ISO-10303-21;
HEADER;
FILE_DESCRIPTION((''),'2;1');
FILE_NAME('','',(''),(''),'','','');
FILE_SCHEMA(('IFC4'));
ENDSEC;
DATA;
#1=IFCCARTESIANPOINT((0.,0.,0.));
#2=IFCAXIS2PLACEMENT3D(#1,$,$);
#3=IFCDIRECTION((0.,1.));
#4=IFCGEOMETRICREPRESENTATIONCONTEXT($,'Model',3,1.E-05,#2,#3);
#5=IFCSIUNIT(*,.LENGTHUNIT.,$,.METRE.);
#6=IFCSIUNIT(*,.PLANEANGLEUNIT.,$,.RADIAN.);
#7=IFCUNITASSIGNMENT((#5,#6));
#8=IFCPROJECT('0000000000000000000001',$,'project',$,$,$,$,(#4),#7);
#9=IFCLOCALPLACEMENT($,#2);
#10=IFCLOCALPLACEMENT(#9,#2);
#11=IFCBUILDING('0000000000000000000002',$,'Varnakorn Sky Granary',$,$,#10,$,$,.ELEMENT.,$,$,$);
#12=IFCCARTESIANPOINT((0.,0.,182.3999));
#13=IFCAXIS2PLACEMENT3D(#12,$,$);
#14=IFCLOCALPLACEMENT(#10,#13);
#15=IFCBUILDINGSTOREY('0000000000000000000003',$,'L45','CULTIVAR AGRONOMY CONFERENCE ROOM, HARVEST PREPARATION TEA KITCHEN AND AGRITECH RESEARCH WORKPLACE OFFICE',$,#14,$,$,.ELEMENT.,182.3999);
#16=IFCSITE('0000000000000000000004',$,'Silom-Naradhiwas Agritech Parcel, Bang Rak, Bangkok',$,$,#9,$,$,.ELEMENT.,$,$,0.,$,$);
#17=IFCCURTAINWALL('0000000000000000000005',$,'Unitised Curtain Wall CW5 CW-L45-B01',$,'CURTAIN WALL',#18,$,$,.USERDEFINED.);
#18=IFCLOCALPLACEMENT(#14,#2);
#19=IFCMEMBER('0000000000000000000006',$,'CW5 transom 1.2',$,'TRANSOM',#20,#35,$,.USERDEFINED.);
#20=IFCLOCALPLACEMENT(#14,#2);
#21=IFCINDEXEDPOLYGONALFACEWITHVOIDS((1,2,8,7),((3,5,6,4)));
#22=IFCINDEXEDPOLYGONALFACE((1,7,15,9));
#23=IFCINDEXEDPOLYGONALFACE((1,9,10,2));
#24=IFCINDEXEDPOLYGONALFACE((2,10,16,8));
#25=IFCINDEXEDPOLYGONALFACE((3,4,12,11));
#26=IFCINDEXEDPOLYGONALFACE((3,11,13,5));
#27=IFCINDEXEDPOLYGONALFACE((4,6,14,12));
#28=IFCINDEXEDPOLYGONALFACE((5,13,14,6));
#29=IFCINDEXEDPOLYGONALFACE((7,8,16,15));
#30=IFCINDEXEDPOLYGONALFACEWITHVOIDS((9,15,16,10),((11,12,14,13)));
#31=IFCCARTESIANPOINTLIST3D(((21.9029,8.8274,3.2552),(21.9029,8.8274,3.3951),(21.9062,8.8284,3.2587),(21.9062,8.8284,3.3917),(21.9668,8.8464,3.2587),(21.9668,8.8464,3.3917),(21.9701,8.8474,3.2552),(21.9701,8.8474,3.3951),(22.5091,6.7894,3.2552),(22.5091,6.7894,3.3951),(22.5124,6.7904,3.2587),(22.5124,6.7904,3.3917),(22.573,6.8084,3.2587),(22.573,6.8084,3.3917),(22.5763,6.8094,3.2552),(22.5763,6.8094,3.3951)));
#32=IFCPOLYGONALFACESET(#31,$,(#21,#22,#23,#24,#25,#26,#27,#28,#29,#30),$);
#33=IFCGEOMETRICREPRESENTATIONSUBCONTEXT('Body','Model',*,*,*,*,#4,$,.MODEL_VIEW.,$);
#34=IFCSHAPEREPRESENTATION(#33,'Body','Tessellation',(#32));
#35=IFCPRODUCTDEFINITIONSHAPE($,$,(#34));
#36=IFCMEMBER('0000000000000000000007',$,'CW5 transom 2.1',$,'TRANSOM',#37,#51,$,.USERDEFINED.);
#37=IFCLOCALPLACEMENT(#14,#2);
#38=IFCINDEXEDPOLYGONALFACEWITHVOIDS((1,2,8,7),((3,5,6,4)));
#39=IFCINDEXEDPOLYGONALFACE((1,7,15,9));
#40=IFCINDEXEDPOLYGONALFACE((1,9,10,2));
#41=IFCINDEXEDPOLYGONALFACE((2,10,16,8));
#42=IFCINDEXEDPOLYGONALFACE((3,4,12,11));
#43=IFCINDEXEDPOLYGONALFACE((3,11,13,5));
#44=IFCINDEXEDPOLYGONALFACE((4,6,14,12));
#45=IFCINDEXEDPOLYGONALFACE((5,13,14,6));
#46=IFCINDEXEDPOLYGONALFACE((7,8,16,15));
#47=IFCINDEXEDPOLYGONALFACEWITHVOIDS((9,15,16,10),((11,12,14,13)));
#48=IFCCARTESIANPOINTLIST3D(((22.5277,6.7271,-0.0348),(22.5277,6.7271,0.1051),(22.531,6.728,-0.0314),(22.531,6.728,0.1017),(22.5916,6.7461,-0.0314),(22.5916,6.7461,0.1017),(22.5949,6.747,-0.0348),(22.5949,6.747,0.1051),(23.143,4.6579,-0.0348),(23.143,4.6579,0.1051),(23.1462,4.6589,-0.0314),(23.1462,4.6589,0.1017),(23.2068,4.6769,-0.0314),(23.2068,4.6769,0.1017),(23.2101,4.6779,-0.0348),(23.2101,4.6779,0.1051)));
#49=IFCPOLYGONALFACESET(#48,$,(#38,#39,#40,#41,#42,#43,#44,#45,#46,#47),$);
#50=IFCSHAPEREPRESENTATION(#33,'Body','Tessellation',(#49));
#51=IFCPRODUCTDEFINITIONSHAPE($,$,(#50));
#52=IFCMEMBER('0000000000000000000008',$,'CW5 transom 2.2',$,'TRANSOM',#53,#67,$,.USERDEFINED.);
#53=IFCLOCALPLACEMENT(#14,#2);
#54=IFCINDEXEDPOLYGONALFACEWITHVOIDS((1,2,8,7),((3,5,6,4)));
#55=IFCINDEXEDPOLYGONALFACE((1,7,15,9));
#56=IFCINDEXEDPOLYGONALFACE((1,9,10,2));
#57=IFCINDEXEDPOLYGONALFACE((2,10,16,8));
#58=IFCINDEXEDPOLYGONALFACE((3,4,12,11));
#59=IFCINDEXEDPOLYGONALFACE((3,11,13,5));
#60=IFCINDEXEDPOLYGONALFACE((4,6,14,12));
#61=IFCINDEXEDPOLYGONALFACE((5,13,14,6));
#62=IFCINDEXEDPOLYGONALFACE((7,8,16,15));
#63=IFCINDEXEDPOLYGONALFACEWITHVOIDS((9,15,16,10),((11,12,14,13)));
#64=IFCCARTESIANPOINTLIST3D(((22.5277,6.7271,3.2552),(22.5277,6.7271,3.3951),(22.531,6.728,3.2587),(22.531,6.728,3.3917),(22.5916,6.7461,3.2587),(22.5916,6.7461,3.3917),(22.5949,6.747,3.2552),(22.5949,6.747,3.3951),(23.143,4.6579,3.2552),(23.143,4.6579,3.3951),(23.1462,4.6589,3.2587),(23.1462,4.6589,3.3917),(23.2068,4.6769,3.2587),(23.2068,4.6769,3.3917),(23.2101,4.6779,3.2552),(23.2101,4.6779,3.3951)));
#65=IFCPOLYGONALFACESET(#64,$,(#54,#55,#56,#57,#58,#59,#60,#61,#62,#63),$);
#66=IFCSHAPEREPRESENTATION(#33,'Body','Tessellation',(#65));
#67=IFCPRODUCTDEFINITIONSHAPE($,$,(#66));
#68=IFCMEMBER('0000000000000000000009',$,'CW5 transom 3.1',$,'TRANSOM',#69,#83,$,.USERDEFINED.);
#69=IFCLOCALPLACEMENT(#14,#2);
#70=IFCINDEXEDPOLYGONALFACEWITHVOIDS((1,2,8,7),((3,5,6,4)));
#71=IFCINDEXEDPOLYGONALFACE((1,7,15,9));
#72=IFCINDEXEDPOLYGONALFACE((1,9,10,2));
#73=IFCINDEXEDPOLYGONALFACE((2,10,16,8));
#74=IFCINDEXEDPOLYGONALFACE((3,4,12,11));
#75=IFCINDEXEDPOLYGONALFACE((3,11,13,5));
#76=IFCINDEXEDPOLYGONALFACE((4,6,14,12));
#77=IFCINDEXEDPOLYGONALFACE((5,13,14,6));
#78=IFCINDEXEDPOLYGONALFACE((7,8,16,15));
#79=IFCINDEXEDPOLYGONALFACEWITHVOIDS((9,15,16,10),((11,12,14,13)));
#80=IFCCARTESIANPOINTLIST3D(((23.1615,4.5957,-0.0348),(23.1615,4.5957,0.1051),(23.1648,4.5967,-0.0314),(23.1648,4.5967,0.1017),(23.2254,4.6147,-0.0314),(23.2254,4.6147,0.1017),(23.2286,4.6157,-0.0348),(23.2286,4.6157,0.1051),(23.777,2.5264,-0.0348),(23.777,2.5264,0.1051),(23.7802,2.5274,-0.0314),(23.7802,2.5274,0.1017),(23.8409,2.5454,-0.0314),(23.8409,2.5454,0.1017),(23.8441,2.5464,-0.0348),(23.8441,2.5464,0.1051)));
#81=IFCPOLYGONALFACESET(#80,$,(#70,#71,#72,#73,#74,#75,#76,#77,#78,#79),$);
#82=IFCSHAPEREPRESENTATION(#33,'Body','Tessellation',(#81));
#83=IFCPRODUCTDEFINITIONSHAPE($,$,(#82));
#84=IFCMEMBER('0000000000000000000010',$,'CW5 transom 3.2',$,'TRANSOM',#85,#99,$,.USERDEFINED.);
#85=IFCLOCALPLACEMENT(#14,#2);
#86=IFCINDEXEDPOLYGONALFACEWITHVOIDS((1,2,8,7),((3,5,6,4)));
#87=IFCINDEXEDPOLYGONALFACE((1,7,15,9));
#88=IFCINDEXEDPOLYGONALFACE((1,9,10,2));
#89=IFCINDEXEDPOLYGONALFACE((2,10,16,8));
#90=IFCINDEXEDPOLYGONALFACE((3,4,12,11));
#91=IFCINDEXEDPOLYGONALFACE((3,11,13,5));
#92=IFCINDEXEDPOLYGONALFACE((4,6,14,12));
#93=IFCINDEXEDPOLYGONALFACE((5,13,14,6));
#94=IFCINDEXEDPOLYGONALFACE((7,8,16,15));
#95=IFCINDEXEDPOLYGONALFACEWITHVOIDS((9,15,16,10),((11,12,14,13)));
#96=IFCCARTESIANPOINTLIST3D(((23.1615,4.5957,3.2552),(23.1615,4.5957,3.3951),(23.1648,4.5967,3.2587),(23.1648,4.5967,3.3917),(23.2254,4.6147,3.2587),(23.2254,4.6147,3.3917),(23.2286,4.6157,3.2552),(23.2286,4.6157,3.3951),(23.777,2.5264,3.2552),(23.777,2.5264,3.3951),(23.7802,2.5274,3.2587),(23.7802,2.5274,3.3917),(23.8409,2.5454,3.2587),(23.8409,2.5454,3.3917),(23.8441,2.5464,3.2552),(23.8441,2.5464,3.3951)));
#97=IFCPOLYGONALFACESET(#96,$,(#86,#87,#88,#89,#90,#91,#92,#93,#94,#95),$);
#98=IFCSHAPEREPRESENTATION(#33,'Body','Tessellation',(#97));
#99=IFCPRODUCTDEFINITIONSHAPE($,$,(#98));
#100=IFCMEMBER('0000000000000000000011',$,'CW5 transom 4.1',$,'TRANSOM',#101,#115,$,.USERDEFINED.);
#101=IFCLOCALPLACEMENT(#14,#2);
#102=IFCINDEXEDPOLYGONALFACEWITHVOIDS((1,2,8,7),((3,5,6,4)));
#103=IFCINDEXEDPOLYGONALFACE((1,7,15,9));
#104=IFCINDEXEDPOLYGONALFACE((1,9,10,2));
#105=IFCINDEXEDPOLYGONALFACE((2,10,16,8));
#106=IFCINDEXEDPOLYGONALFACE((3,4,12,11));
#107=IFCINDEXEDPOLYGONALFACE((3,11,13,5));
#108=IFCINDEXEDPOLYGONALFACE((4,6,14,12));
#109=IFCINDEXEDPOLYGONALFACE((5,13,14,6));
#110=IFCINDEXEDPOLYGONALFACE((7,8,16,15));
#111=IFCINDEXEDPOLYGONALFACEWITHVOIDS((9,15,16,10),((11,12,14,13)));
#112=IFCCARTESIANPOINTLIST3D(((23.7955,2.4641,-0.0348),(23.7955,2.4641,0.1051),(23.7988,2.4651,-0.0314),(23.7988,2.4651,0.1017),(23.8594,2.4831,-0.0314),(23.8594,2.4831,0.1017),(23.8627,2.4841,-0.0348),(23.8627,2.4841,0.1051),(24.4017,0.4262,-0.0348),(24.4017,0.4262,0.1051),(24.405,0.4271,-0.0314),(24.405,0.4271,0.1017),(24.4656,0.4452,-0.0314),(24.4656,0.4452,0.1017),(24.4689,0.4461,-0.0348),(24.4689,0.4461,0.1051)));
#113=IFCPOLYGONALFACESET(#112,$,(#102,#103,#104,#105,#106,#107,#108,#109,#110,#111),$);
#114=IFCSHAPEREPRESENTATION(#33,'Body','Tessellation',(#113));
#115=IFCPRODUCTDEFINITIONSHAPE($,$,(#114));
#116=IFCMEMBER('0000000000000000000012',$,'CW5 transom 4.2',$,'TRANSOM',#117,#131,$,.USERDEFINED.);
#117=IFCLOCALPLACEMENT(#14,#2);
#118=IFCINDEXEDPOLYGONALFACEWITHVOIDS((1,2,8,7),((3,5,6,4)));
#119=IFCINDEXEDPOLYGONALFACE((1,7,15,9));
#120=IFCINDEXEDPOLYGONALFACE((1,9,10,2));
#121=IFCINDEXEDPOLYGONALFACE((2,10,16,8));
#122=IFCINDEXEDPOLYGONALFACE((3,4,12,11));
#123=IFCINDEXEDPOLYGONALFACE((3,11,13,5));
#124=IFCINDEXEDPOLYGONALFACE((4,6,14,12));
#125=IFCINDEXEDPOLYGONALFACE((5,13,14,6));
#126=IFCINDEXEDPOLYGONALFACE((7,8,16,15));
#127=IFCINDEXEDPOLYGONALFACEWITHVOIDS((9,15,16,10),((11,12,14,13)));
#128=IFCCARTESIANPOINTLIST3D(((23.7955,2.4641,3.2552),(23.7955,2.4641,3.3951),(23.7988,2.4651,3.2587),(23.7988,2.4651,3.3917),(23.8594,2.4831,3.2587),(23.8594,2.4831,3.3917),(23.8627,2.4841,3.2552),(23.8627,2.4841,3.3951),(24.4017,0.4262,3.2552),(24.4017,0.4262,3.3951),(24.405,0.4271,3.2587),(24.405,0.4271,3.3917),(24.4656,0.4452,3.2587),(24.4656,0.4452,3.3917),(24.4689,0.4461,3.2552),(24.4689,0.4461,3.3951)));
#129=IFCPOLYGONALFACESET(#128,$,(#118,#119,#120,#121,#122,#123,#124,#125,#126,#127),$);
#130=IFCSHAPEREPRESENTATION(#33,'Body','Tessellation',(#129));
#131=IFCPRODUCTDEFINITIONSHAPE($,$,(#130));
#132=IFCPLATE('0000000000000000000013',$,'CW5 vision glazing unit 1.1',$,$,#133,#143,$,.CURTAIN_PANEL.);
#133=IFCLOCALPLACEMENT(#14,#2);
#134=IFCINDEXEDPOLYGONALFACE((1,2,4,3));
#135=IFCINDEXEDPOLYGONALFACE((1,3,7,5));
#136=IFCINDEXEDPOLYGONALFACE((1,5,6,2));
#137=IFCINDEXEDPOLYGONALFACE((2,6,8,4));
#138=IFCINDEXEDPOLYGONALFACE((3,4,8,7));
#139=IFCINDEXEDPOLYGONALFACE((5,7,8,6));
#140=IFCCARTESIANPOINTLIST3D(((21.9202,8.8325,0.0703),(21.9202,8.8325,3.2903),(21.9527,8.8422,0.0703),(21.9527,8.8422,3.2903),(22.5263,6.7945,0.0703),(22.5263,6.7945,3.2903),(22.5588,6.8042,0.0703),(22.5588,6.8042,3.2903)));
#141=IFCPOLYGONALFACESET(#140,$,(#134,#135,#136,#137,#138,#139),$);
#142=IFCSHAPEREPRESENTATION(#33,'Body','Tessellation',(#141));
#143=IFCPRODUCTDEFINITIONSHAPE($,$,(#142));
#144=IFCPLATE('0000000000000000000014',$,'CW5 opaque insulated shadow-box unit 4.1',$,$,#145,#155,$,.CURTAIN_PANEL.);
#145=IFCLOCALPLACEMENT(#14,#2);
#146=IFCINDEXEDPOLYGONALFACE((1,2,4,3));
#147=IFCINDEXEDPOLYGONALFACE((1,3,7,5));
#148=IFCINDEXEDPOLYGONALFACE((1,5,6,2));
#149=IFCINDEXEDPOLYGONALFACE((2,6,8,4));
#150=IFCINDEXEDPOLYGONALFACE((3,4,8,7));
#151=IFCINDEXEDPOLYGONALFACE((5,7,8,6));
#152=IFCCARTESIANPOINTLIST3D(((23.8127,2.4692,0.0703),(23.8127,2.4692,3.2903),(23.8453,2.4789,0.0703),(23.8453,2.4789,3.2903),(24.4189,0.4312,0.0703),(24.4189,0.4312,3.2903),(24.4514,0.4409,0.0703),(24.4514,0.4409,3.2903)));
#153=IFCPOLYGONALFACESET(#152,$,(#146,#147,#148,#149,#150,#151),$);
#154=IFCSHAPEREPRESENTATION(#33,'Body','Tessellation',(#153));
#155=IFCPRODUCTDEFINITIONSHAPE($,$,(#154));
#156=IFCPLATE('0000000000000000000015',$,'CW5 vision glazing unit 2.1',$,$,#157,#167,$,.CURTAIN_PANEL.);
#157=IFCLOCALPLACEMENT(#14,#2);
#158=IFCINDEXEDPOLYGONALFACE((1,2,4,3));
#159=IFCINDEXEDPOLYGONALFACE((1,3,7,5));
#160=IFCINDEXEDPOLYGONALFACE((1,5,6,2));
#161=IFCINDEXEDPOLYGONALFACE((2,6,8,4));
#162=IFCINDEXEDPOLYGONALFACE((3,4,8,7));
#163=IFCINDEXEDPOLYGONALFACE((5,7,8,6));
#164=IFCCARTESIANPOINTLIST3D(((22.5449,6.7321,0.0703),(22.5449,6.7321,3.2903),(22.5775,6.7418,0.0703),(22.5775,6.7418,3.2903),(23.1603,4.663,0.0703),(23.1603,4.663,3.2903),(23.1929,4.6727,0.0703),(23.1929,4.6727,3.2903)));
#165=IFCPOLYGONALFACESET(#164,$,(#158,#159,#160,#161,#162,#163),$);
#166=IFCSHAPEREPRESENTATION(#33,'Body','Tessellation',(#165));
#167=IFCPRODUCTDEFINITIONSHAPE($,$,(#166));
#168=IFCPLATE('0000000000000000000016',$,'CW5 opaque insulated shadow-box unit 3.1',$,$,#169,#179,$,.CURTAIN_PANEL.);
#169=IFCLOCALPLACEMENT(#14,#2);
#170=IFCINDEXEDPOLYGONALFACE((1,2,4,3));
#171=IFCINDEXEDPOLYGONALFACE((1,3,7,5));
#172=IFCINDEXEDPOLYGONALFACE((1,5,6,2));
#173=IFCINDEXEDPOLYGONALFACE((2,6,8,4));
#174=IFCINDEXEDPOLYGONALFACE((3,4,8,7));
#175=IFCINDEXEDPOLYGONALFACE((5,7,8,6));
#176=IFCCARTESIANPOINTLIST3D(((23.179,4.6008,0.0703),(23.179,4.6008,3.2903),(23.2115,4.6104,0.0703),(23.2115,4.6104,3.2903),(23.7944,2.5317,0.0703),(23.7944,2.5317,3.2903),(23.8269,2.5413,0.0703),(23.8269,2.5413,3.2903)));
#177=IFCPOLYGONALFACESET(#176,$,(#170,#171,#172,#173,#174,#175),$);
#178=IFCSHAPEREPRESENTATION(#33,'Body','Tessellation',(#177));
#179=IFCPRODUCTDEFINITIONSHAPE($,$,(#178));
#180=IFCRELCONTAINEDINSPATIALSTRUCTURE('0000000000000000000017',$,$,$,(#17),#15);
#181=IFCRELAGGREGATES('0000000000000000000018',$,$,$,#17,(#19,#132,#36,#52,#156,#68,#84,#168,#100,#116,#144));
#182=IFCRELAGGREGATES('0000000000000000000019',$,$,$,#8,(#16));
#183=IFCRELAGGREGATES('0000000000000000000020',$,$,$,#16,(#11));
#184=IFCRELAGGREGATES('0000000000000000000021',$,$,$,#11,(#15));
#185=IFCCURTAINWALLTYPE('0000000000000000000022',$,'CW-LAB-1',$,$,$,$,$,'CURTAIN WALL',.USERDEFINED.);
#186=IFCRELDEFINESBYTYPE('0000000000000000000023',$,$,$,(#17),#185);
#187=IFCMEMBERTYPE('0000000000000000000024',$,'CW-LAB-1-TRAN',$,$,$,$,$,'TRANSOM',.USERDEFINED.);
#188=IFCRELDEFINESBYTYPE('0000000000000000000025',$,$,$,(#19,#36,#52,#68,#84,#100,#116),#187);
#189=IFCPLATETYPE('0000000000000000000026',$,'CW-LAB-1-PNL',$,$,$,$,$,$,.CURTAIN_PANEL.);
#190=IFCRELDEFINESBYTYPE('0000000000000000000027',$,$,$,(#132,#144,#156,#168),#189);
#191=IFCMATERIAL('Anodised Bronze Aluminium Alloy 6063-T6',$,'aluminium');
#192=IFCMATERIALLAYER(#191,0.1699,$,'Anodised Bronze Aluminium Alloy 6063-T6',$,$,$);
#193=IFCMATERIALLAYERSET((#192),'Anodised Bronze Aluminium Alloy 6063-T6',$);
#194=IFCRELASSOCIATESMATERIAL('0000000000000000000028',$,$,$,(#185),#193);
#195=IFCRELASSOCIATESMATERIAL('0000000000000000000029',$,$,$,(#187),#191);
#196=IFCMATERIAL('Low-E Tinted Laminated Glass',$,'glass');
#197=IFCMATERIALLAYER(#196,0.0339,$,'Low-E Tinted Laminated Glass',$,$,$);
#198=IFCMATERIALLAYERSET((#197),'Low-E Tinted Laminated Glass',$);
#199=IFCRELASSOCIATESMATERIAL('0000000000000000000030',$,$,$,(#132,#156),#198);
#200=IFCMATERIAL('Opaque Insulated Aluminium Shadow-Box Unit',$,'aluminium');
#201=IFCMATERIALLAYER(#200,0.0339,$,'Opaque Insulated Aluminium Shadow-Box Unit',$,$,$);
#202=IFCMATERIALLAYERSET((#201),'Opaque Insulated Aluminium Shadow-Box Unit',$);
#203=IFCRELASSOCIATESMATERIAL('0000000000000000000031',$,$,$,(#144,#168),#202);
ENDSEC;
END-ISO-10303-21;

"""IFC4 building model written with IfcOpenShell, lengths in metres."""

from ifc_helpers import new_model, si_unit, direction, frame, origin, origin_2d, place, context, subcontext, project, spatial, rectangle, hollow_rectangle, extrude, source, transform, mapped, material, layer, layer_set, material_profile, profile_set, type_object, type_shapes, element, aggregate, save


model = new_model("IFC4")

# Units and contexts
model_context = context("Model", 3, precision=1e-05, world=origin(), true_north=direction((0.0, 1.0)))
body_context = subcontext(model_context, "Body", "Model", "MODEL_VIEW")
ifc_project = project(units=[si_unit("LENGTHUNIT", "METRE"), si_unit("PLANEANGLEUNIT", "RADIAN")], contexts=[model_context])

# Site, building, storey
site_placement = place(None, origin())
site = spatial("IfcSite", under=ifc_project, at=site_placement, Name="Silom-Naradhiwas Agritech Parcel, Bang Rak, Bangkok", CompositionType="ELEMENT", RefElevation=0.0)
building_placement = place(site_placement, origin())
building = spatial("IfcBuilding", under=site, at=building_placement, Name="Varnakorn Sky Granary", CompositionType="ELEMENT")
storey_placement = place(building_placement, frame((0.0, 0.0, 182.3999)))
storey = spatial("IfcBuildingStorey", under=building, at=storey_placement, Name="L45", Description="CULTIVAR AGRONOMY CONFERENCE ROOM, HARVEST PREPARATION TEA KITCHEN AND AGRITECH RESEARCH WORKPLACE OFFICE", CompositionType="ELEMENT", Elevation=182.3999)

# Curtain wall, members, plates
ifc_material_1 = material(Name="Anodised Bronze Aluminium Alloy 6063-T6", Category="aluminium")
ifc_layer_1 = layer(ifc_material_1, 0.1699, Name="Anodised Bronze Aluminium Alloy 6063-T6")
ifc_layer_set_1 = layer_set([ifc_layer_1], Name="Anodised Bronze Aluminium Alloy 6063-T6")
curtain_wall_type = type_object("IfcCurtainWallType", Name="CW-LAB-1", ElementType="CURTAIN WALL", PredefinedType="USERDEFINED", material=ifc_layer_set_1)
curtain_wall_placement = place(storey_placement, origin())
curtain_wall = element("IfcCurtainWall", 1, at=curtain_wall_placement, inside=storey, type_object=curtain_wall_type, Name="Unitised Curtain Wall CW5 CW-L45-B01", ObjectType="CURTAIN WALL", PredefinedType="USERDEFINED")
ifc_material_profile_1 = material_profile(ifc_material_1, hollow_rectangle(XDim=0.0701, YDim=0.1399, WallThickness=0.0034, at=origin_2d()), Name="ALU TRAN 70x140")
ifc_profile_set_1 = profile_set([ifc_material_profile_1], Name="Anodised Bronze Aluminium Alloy 6063-T6")
member_type_1 = type_object("IfcMemberType", Name="CW-LAB-1-TRAN", ElementType="TRANSOM", PredefinedType="USERDEFINED", material=ifc_profile_set_1)
member_1_placement = place(storey_placement, frame((21.9365, 8.8374, 3.3252), z_axis=(0.285093, -0.9585, 0.0), x_axis=(0.9585, 0.285093, 0.0)))
member_1 = element("IfcMember", 2, at=member_1_placement, type_object=member_type_1, Name="CW5 transom 1.2", ObjectType="TRANSOM", PredefinedType="USERDEFINED", context=body_context, shape_type="SweptSolid", body=[
    extrude(hollow_rectangle(XDim=0.0701, YDim=0.1399, WallThickness=0.0034, at=origin_2d()), origin(), (0.0, 0.0, 1.0), 2.1262),
])
member_2_placement = place(storey_placement, frame((22.5613, 6.7371, 0.0352), z_axis=(0.285012, -0.958524, 0.0), x_axis=(0.958524, 0.285012, 0.0)))
member_2 = element("IfcMember", 3, at=member_2_placement, type_object=member_type_1, Name="CW5 transom 2.1", ObjectType="TRANSOM", PredefinedType="USERDEFINED", context=body_context, shape_type="SweptSolid", body=[
    extrude(hollow_rectangle(XDim=0.0701, YDim=0.1399, WallThickness=0.0034, at=origin_2d()), origin(), (0.0, 0.0, 1.0), 2.1587),
])
member_3_placement = place(storey_placement, frame((22.5613, 6.7371, 3.3252), z_axis=(0.285012, -0.958524, 0.0), x_axis=(0.958524, 0.285012, 0.0)))
member_3 = element("IfcMember", 4, at=member_3_placement, type_object=member_type_1, Name="CW5 transom 2.2", ObjectType="TRANSOM", PredefinedType="USERDEFINED", context=body_context, shape_type="SweptSolid", body=[
    extrude(hollow_rectangle(XDim=0.0701, YDim=0.1399, WallThickness=0.0034, at=origin_2d()), origin(), (0.0, 0.0, 1.0), 2.1587),
])
member_4_placement = place(storey_placement, frame((23.1951, 4.6057, 0.0352), z_axis=(0.285085, -0.958502, 0.0), x_axis=(0.958502, 0.285085, 0.0)))
member_4 = element("IfcMember", 5, at=member_4_placement, type_object=member_type_1, Name="CW5 transom 3.1", ObjectType="TRANSOM", PredefinedType="USERDEFINED", context=body_context, shape_type="SweptSolid", body=[
    extrude(hollow_rectangle(XDim=0.0701, YDim=0.1399, WallThickness=0.0034, at=origin_2d()), origin(), (0.0, 0.0, 1.0), 2.1589),
])
member_5_placement = place(storey_placement, frame((23.1951, 4.6057, 3.3252), z_axis=(0.285085, -0.958502, 0.0), x_axis=(0.958502, 0.285085, 0.0)))
member_5 = element("IfcMember", 6, at=member_5_placement, type_object=member_type_1, Name="CW5 transom 3.2", ObjectType="TRANSOM", PredefinedType="USERDEFINED", context=body_context, shape_type="SweptSolid", body=[
    extrude(hollow_rectangle(XDim=0.0701, YDim=0.1399, WallThickness=0.0034, at=origin_2d()), origin(), (0.0, 0.0, 1.0), 2.1589),
])
member_6_placement = place(storey_placement, frame((23.8291, 2.4741, 0.0352), z_axis=(0.285093, -0.9585, 0.0), x_axis=(0.9585, 0.285093, 0.0)))
member_6 = element("IfcMember", 7, at=member_6_placement, type_object=member_type_1, Name="CW5 transom 4.1", ObjectType="TRANSOM", PredefinedType="USERDEFINED", context=body_context, shape_type="SweptSolid", body=[
    extrude(hollow_rectangle(XDim=0.0701, YDim=0.1399, WallThickness=0.0034, at=origin_2d()), origin(), (0.0, 0.0, 1.0), 2.1262),
])
member_7_placement = place(storey_placement, frame((23.8291, 2.4741, 3.3252), z_axis=(0.285093, -0.9585, 0.0), x_axis=(0.9585, 0.285093, 0.0)))
member_7 = element("IfcMember", 8, at=member_7_placement, type_object=member_type_1, Name="CW5 transom 4.2", ObjectType="TRANSOM", PredefinedType="USERDEFINED", context=body_context, shape_type="SweptSolid", body=[
    extrude(hollow_rectangle(XDim=0.0701, YDim=0.1399, WallThickness=0.0034, at=origin_2d()), origin(), (0.0, 0.0, 1.0), 2.1262),
])
ifc_material_2 = material(Name="Low-E Tinted Laminated Glass", Category="glass")
ifc_layer_2 = layer(ifc_material_2, 0.0339, Name="Low-E Tinted Laminated Glass")
ifc_layer_set_2 = layer_set([ifc_layer_2], Name="Low-E Tinted Laminated Glass")
plate_type = type_object("IfcPlateType", Name="CW-LAB-1-PNL", PredefinedType="CURTAIN_PANEL")
shared_shape_1 = source(origin(), body_context, "Body", "SweptSolid", [
    extrude(rectangle(XDim=2.1262, YDim=0.0339, at=origin_2d()), origin(), (0.0, 0.0, 1.0), 3.22),
])
plate_1_placement = place(storey_placement, frame((22.2395, 7.8184, 0.0703), z_axis=(0.0, 0.0, 1.0), x_axis=(0.285081, -0.958503, 0.0)))
plate_1 = element("IfcPlate", 9, at=plate_1_placement, type_object=plate_type, material=ifc_layer_set_2, Name="CW5 vision glazing unit 1.1", PredefinedType="CURTAIN_PANEL", context=body_context, shape_type="MappedRepresentation", body=[
    mapped(shared_shape_1, transform((0.0, 0.0, 0.0), x_axis=(1.0, 0.0, 0.0), y_axis=(0.0, 1.0, 0.0), z_axis=(0.0, 0.0, 1.0), scale=1.0)),
])
ifc_material_3 = material(Name="Opaque Insulated Aluminium Shadow-Box Unit", Category="aluminium")
ifc_layer_3 = layer(ifc_material_3, 0.0339, Name="Opaque Insulated Aluminium Shadow-Box Unit")
ifc_layer_set_3 = layer_set([ifc_layer_3], Name="Opaque Insulated Aluminium Shadow-Box Unit")
plate_2_placement = place(storey_placement, frame((24.1321, 1.4551, 0.0703), z_axis=(0.0, 0.0, 1.0), x_axis=(0.285081, -0.958503, 0.0)))
plate_2 = element("IfcPlate", 10, at=plate_2_placement, type_object=plate_type, material=ifc_layer_set_3, Name="CW5 opaque insulated shadow-box unit 4.1", PredefinedType="CURTAIN_PANEL", context=body_context, shape_type="MappedRepresentation", body=[
    mapped(shared_shape_1, transform((0.0, 0.0, 0.0), x_axis=(1.0, 0.0, 0.0), y_axis=(0.0, 1.0, 0.0), z_axis=(0.0, 0.0, 1.0), scale=1.0)),
])
shared_shape_2 = source(origin(), body_context, "Body", "SweptSolid", [
    extrude(rectangle(XDim=2.1587, YDim=0.0339, at=origin_2d()), origin(), (0.0, 0.0, 1.0), 3.22),
])
type_shapes(plate_type, [shared_shape_1, shared_shape_2])
plate_3_placement = place(storey_placement, frame((22.8689, 5.7024, 0.0703), z_axis=(0.0, 0.0, 1.0), x_axis=(0.285081, -0.958503, 0.0)))
plate_3 = element("IfcPlate", 11, at=plate_3_placement, type_object=plate_type, material=ifc_layer_set_2, Name="CW5 vision glazing unit 2.1", PredefinedType="CURTAIN_PANEL", context=body_context, shape_type="MappedRepresentation", body=[
    mapped(shared_shape_2, transform((0.0, 0.0, 0.0), x_axis=(1.0, 0.0, 0.0), y_axis=(0.0, 1.0, 0.0), z_axis=(0.0, 0.0, 1.0), scale=1.0)),
])
plate_4_placement = place(storey_placement, frame((23.5029, 3.571, 0.0703), z_axis=(0.0, 0.0, 1.0), x_axis=(0.285081, -0.958503, 0.0)))
plate_4 = element("IfcPlate", 12, at=plate_4_placement, type_object=plate_type, material=ifc_layer_set_3, Name="CW5 opaque insulated shadow-box unit 3.1", PredefinedType="CURTAIN_PANEL", context=body_context, shape_type="MappedRepresentation", body=[
    mapped(shared_shape_2, transform((0.0, 0.0, 0.0), x_axis=(1.0, 0.0, 0.0), y_axis=(0.0, 1.0, 0.0), z_axis=(0.0, 0.0, 1.0), scale=1.0)),
])
aggregate(curtain_wall, [member_1, plate_1, member_2, member_3, plate_3, member_4, member_5, plate_4, member_6, member_7, plate_2])

save(model, "model.ifc")
